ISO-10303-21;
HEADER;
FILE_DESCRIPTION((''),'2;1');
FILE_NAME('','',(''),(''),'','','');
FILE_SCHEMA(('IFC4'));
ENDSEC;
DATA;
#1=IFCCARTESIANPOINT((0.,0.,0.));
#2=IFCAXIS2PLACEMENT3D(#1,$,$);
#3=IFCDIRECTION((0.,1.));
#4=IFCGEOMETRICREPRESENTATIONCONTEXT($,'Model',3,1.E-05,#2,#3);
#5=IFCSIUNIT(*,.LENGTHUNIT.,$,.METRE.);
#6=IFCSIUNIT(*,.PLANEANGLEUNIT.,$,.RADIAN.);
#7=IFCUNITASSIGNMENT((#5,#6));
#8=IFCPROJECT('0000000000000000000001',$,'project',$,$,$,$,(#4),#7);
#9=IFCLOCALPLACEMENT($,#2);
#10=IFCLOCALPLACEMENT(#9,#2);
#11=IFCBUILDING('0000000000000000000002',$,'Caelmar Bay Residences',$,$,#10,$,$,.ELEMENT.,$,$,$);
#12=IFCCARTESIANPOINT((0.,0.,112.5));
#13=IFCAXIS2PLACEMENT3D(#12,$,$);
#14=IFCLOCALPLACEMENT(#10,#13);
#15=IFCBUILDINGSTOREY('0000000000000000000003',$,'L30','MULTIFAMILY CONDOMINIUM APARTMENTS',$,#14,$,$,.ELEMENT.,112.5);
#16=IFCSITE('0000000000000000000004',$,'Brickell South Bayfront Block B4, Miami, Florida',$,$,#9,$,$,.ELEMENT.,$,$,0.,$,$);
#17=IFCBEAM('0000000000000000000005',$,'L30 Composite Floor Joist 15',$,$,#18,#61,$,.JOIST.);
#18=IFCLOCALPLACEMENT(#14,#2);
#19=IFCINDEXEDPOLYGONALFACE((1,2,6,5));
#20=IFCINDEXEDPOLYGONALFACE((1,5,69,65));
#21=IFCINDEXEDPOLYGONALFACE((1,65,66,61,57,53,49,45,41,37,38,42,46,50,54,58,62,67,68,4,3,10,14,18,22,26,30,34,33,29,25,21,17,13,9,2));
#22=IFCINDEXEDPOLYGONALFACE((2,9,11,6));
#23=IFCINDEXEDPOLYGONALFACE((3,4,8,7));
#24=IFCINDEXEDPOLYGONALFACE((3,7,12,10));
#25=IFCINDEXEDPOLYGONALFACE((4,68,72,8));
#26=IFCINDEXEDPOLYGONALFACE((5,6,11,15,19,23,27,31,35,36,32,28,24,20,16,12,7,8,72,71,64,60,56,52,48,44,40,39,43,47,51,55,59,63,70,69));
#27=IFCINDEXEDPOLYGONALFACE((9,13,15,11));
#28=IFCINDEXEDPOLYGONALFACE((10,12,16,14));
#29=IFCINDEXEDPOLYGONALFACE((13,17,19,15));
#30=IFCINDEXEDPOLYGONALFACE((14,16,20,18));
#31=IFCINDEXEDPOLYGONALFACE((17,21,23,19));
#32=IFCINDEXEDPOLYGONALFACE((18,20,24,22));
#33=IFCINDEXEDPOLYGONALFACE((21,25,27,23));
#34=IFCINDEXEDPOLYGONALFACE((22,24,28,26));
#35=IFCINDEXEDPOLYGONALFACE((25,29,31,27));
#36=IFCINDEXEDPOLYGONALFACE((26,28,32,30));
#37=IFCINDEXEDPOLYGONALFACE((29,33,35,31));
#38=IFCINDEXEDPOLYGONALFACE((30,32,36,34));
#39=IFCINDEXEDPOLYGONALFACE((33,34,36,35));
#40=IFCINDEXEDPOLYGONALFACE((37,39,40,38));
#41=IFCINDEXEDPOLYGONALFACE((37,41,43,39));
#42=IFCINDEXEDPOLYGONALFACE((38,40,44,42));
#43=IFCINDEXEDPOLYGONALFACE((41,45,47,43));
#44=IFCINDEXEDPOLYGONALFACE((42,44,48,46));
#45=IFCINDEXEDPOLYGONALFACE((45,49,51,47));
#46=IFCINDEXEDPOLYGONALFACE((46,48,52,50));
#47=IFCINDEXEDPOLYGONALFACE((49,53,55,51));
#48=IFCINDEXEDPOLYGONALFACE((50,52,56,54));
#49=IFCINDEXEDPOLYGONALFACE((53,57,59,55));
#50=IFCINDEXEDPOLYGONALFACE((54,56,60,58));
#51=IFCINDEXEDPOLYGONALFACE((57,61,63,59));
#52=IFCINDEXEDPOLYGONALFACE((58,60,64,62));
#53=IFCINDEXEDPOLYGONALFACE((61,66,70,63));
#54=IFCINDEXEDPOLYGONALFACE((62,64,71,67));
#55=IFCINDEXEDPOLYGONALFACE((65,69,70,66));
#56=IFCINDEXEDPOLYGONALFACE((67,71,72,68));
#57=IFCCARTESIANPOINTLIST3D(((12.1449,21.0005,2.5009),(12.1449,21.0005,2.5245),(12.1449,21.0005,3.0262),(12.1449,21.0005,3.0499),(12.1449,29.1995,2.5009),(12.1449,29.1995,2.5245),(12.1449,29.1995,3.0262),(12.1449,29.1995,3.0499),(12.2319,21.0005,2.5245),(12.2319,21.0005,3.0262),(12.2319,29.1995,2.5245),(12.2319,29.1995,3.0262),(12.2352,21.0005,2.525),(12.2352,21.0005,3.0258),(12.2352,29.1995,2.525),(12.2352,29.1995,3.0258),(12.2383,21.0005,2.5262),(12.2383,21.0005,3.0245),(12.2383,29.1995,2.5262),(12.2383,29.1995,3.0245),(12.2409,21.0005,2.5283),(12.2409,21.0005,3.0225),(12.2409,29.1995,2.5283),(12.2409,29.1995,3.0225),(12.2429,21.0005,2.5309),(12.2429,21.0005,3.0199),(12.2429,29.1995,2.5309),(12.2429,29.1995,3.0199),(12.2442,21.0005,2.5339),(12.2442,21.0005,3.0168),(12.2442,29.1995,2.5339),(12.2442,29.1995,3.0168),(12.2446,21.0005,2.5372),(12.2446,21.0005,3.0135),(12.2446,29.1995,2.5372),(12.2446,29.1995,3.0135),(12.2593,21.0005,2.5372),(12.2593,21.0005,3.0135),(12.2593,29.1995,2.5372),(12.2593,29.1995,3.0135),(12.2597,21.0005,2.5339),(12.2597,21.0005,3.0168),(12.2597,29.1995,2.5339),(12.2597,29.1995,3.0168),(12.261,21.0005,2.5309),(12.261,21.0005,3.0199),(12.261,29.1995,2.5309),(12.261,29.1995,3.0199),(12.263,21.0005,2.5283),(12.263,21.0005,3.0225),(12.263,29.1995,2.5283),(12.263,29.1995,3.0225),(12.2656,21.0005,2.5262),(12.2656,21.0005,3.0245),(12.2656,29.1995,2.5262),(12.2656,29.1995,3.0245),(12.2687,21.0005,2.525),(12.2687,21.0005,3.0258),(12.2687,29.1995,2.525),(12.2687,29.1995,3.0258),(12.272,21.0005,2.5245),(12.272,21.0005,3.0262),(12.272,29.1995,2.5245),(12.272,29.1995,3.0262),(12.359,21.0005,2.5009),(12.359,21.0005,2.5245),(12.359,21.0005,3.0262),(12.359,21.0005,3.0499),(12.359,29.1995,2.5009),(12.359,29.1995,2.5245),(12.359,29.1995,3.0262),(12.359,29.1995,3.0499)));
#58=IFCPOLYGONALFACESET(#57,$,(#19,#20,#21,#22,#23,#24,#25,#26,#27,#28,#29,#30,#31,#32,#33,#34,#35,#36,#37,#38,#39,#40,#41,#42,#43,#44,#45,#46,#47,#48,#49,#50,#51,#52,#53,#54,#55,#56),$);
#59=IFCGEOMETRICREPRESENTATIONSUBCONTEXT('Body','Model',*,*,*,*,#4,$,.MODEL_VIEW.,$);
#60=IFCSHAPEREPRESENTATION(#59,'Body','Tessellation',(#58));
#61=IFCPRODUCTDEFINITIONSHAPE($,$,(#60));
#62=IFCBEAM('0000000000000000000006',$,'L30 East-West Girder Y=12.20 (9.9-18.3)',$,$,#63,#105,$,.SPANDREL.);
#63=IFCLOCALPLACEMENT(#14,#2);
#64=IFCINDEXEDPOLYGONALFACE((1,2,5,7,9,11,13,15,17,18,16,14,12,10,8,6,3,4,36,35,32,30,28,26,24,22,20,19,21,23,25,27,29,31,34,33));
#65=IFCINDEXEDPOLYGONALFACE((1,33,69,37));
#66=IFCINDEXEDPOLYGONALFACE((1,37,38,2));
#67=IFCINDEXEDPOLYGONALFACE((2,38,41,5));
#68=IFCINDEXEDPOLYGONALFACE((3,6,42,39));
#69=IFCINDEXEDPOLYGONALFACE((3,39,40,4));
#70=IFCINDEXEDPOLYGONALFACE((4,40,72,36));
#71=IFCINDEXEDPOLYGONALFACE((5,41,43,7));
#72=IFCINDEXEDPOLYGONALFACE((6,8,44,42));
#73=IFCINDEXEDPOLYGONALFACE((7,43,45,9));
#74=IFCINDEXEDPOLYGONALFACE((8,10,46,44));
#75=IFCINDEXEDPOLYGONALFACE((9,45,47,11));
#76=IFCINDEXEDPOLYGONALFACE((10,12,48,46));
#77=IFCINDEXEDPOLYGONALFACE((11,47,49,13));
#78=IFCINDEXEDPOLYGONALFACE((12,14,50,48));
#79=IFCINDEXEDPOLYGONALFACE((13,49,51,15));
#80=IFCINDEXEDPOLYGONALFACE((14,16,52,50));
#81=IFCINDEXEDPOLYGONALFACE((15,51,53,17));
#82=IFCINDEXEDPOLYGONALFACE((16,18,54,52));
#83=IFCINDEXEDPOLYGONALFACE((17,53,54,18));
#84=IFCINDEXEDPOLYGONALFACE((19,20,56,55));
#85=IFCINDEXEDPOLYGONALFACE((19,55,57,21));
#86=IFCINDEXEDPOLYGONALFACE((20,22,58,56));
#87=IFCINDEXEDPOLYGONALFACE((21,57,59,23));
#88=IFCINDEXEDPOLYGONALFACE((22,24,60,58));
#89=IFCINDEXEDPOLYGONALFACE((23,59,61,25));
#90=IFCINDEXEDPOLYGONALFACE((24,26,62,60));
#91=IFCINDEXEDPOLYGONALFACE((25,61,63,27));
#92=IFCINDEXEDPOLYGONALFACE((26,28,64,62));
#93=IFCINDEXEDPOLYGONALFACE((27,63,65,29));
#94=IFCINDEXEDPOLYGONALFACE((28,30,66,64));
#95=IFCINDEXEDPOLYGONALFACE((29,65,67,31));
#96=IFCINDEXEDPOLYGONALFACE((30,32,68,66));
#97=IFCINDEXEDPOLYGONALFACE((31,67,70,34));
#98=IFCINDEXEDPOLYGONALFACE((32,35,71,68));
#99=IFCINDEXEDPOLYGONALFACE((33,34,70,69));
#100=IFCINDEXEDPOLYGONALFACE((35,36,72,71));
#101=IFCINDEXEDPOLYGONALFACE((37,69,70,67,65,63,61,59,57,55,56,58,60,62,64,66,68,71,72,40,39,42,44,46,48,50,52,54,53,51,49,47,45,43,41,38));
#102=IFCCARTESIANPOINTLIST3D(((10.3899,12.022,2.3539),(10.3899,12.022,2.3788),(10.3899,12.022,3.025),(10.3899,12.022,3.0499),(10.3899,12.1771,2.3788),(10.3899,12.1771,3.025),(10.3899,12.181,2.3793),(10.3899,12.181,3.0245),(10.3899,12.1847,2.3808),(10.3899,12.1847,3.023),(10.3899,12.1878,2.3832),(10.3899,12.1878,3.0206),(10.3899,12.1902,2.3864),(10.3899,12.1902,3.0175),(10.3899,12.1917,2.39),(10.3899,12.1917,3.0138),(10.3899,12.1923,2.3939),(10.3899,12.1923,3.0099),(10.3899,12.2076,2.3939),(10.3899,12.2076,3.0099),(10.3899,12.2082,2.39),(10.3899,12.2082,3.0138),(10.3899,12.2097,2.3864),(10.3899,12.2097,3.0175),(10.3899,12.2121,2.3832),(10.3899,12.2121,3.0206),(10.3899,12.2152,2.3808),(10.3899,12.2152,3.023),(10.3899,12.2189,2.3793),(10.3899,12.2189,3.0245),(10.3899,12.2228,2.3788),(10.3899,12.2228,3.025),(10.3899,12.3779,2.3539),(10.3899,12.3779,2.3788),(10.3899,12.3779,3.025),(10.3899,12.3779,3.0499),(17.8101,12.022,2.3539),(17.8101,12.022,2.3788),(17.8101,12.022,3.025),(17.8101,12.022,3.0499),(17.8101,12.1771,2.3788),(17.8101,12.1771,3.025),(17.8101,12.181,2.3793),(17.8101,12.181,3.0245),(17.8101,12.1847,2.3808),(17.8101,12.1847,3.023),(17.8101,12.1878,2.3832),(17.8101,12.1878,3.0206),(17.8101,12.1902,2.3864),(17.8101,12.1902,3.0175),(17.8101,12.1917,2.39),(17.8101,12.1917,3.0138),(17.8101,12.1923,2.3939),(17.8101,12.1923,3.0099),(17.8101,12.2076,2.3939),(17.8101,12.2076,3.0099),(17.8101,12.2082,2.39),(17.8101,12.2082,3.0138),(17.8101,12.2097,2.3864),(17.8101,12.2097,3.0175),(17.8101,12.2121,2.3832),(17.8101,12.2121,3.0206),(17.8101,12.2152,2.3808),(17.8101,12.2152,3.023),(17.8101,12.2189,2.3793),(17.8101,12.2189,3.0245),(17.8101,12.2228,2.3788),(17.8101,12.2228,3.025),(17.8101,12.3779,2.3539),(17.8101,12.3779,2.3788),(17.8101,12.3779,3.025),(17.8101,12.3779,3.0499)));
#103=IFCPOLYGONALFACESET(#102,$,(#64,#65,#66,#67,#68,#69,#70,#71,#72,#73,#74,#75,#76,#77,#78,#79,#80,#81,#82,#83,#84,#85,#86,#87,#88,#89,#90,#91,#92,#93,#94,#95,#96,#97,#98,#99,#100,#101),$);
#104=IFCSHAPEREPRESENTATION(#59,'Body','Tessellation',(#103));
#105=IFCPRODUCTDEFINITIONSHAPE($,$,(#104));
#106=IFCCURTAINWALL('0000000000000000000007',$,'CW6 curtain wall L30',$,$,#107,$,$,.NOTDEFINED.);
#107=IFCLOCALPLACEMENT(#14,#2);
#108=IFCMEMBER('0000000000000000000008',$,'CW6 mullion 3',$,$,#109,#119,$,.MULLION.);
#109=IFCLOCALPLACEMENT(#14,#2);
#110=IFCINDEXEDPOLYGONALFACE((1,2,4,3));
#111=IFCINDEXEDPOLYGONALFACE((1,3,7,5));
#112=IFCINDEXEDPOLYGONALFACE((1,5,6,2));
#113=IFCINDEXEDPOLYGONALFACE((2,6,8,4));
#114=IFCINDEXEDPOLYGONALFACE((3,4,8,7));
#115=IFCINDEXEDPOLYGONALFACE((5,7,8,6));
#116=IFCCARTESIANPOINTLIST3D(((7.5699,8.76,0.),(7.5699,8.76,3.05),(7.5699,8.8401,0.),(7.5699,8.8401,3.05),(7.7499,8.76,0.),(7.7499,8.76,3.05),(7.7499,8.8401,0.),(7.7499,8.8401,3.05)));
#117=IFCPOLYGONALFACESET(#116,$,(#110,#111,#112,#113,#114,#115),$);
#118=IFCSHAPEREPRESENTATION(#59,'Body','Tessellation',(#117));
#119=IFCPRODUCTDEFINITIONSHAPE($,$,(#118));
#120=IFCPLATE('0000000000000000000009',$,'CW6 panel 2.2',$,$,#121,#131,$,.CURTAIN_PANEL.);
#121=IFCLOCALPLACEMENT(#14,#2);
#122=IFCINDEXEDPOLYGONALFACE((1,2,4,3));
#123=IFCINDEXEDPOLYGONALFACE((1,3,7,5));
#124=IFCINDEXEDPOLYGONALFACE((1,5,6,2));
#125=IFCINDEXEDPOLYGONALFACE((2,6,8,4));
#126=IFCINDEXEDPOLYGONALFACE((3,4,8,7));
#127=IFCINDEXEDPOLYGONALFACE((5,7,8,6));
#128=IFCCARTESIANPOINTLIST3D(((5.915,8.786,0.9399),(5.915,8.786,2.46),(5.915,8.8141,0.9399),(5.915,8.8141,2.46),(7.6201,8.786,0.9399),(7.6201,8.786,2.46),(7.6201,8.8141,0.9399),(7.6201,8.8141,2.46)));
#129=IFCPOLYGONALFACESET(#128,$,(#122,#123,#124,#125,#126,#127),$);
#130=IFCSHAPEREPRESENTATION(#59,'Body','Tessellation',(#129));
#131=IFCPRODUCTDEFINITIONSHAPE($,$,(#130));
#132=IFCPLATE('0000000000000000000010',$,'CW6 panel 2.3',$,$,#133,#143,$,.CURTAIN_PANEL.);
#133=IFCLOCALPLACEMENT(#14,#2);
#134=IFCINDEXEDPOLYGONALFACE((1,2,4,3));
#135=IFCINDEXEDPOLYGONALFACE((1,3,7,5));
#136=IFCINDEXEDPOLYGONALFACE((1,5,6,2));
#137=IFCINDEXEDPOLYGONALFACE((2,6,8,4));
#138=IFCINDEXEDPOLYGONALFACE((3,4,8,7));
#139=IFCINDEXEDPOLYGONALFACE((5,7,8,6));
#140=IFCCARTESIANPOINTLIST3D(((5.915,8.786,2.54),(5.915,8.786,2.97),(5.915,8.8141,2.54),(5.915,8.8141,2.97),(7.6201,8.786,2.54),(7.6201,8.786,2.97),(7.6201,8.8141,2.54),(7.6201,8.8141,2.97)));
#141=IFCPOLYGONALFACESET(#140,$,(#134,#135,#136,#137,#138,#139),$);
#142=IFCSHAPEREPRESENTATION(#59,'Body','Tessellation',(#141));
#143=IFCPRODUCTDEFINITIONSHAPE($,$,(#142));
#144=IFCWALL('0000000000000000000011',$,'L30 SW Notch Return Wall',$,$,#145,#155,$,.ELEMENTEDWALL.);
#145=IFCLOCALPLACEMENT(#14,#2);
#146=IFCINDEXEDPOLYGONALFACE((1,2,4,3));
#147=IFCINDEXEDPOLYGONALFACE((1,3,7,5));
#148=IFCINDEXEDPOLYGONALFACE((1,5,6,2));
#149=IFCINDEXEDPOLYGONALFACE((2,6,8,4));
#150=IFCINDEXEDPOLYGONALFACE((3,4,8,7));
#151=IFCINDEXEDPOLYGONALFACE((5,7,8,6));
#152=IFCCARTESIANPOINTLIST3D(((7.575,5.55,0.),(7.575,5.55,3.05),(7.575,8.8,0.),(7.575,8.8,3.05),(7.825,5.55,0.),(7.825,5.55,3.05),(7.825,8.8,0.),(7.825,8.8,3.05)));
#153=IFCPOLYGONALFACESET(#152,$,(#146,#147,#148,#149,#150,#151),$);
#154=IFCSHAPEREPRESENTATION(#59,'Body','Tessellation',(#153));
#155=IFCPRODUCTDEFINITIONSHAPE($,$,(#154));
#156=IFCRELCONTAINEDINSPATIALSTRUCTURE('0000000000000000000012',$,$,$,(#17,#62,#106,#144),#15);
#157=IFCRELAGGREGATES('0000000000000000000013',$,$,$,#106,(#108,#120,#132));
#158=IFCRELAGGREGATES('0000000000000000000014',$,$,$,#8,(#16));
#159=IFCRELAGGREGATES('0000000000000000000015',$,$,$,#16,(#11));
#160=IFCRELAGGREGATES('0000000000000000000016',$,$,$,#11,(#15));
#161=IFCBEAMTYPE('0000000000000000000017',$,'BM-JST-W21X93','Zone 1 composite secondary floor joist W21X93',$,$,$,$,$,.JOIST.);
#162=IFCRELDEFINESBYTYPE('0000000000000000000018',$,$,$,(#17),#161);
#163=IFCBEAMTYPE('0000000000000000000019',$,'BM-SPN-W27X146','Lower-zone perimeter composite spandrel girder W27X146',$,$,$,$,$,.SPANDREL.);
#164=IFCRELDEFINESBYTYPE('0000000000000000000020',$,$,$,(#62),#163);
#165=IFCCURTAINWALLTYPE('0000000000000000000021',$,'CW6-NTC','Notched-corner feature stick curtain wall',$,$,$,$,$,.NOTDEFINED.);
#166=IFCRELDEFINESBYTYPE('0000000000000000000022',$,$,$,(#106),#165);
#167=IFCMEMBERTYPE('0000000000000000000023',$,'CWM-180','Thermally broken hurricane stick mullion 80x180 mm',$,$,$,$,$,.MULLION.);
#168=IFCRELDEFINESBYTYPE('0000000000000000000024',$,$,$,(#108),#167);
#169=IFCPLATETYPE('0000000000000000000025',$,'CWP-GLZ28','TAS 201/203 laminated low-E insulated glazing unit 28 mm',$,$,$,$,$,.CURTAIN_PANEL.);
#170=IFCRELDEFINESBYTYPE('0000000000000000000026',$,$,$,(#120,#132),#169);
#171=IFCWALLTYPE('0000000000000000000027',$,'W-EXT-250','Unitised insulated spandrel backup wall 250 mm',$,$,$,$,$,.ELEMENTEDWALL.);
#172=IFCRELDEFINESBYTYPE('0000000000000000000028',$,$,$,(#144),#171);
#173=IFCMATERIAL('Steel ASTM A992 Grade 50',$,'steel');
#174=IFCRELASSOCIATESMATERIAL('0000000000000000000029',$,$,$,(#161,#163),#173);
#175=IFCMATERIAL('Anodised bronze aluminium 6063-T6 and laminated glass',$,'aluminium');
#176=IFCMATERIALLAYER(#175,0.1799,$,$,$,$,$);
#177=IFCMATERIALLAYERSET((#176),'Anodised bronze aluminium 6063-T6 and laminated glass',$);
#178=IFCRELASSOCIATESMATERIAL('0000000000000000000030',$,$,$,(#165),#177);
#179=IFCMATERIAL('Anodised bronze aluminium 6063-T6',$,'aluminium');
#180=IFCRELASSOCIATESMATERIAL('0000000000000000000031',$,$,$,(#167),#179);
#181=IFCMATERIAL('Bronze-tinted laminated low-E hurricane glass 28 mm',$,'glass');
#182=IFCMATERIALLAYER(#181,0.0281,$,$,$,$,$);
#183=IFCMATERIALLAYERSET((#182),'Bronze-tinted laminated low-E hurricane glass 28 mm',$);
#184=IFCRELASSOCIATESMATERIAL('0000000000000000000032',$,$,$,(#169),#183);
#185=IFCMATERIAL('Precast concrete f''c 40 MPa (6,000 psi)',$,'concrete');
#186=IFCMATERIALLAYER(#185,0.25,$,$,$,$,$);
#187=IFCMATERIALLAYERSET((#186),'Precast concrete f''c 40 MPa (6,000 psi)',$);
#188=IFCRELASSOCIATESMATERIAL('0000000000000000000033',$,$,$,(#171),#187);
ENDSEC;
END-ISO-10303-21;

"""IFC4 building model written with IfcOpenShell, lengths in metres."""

from ifc_helpers import new_model, si_unit, direction, frame, frame_2d, origin, origin_2d, place, context, subcontext, project, spatial, rectangle, i_section, extrude, material, layer, layer_set, material_profile, profile_set, type_object, element, aggregate, save


model = new_model("IFC4")

# Units and contexts
model_context = context("Model", 3, precision=1e-05, world=origin(), true_north=direction((0.0, 1.0)))
body_context = subcontext(model_context, "Body", "Model", "MODEL_VIEW")
ifc_project = project(units=[si_unit("LENGTHUNIT", "METRE"), si_unit("PLANEANGLEUNIT", "RADIAN")], contexts=[model_context])

# Site, building, storey
site_placement = place(None, origin())
site = spatial("IfcSite", under=ifc_project, at=site_placement, Name="Brickell South Bayfront Block B4, Miami, Florida", CompositionType="ELEMENT", RefElevation=0.0)
building_placement = place(site_placement, origin())
building = spatial("IfcBuilding", under=site, at=building_placement, Name="Caelmar Bay Residences", CompositionType="ELEMENT")
storey_placement = place(building_placement, frame((0.0, 0.0, 112.5)))
storey = spatial("IfcBuildingStorey", under=building, at=storey_placement, Name="L30", Description="MULTIFAMILY CONDOMINIUM APARTMENTS", CompositionType="ELEMENT", Elevation=112.5)

# Beams
ifc_material_1 = material(Name="Steel ASTM A992 Grade 50", Category="steel")
ifc_material_profile_1 = material_profile(ifc_material_1, i_section(OverallWidth=0.2141, OverallDepth=0.5491, WebThickness=0.0146, FlangeThickness=0.0237, FilletRadius=0.0127, at=origin_2d()), Name="W21X93")
ifc_profile_set_1 = profile_set([ifc_material_profile_1], Name="Steel ASTM A992 Grade 50")
beam_type_1 = type_object("IfcBeamType", Name="BM-JST-W21X93", Description="Zone 1 composite secondary floor joist W21X93", PredefinedType="JOIST", material=ifc_profile_set_1)
beam_1_placement = place(storey_placement, frame((12.252, 21.0005, 2.7754), z_axis=(0.0, 1.0, 0.0), x_axis=(-1.0, 0.0, 0.0)))
element("IfcBeam", 1, at=beam_1_placement, inside=storey, type_object=beam_type_1, Name="L30 Composite Floor Joist 15", PredefinedType="JOIST", context=body_context, shape_type="SweptSolid", body=[
    extrude(i_section(OverallWidth=0.2141, OverallDepth=0.5491, WebThickness=0.0146, FlangeThickness=0.0237, FilletRadius=0.0127, at=origin_2d()), origin(), (0.0, 0.0, 1.0), 8.199),
])
ifc_material_profile_2 = material_profile(ifc_material_1, i_section(OverallWidth=0.356, OverallDepth=0.696, WebThickness=0.0154, FlangeThickness=0.0249, FilletRadius=0.0151, at=origin_2d()), Name="W27X146")
ifc_profile_set_2 = profile_set([ifc_material_profile_2], Name="Steel ASTM A992 Grade 50")
beam_type_2 = type_object("IfcBeamType", Name="BM-SPN-W27X146", Description="Lower-zone perimeter composite spandrel girder W27X146", PredefinedType="SPANDREL", material=ifc_profile_set_2)
beam_2_placement = place(storey_placement, frame((10.3899, 12.2, 2.7019), z_axis=(1.0, 0.0, 0.0), x_axis=(0.0, 1.0, 0.0)))
element("IfcBeam", 2, at=beam_2_placement, inside=storey, type_object=beam_type_2, Name="L30 East-West Girder Y=12.20 (9.9-18.3)", PredefinedType="SPANDREL", context=body_context, shape_type="SweptSolid", body=[
    extrude(i_section(OverallWidth=0.356, OverallDepth=0.696, WebThickness=0.0154, FlangeThickness=0.0249, FilletRadius=0.0151, at=origin_2d()), origin(), (0.0, 0.0, 1.0), 7.4202),
])

# Curtain wall, member, plates
ifc_material_2 = material(Name="Anodised bronze aluminium 6063-T6 and laminated glass", Category="aluminium")
ifc_layer_1 = layer(ifc_material_2, 0.1799)
ifc_layer_set_1 = layer_set([ifc_layer_1], Name="Anodised bronze aluminium 6063-T6 and laminated glass")
curtain_wall_type = type_object("IfcCurtainWallType", Name="CW6-NTC", Description="Notched-corner feature stick curtain wall", PredefinedType="NOTDEFINED", material=ifc_layer_set_1)
curtain_wall_placement = place(storey_placement, origin())
curtain_wall = element("IfcCurtainWall", 3, at=curtain_wall_placement, inside=storey, type_object=curtain_wall_type, Name="CW6 curtain wall L30", PredefinedType="NOTDEFINED")
ifc_material_3 = material(Name="Anodised bronze aluminium 6063-T6", Category="aluminium")
ifc_material_profile_3 = material_profile(ifc_material_3, rectangle(XDim=0.0801, YDim=0.1799, at=origin_2d()), Name="CWM-80X180")
ifc_profile_set_3 = profile_set([ifc_material_profile_3], Name="Anodised bronze aluminium 6063-T6")
member_type = type_object("IfcMemberType", Name="CWM-180", Description="Thermally broken hurricane stick mullion 80x180 mm", PredefinedType="MULLION", material=ifc_profile_set_3)
member_placement = place(storey_placement, frame((7.6599, 8.8, 0.0), z_axis=(0.0, 0.0, 1.0), x_axis=(0.0, 1.0, 0.0)))
member = element("IfcMember", 4, at=member_placement, type_object=member_type, Name="CW6 mullion 3", PredefinedType="MULLION", context=body_context, shape_type="SweptSolid", body=[
    extrude(rectangle(XDim=0.0801, YDim=0.1799, at=origin_2d()), origin(), (0.0, 0.0, 1.0), 3.05),
])
ifc_material_4 = material(Name="Bronze-tinted laminated low-E hurricane glass 28 mm", Category="glass")
ifc_layer_2 = layer(ifc_material_4, 0.0281)
ifc_layer_set_2 = layer_set([ifc_layer_2], Name="Bronze-tinted laminated low-E hurricane glass 28 mm")
plate_type = type_object("IfcPlateType", Name="CWP-GLZ28", Description="TAS 201/203 laminated low-E insulated glazing unit 28 mm", PredefinedType="CURTAIN_PANEL", material=ifc_layer_set_2)
plate_1_placement = place(storey_placement, frame((6.7676, 8.8, 0.9399), z_axis=(0.0, 0.0, 1.0), x_axis=(1.0, 0.0, 0.0)))
plate_1 = element("IfcPlate", 5, at=plate_1_placement, type_object=plate_type, Name="CW6 panel 2.2", PredefinedType="CURTAIN_PANEL", context=body_context, shape_type="SweptSolid", body=[
    extrude(rectangle(XDim=1.7051, YDim=0.0281, at=origin_2d()), origin(), (0.0, 0.0, 1.0), 1.52),
])
plate_2_placement = place(storey_placement, frame((6.7676, 8.8, 2.54), z_axis=(0.0, 0.0, 1.0), x_axis=(1.0, 0.0, 0.0)))
plate_2 = element("IfcPlate", 6, at=plate_2_placement, type_object=plate_type, Name="CW6 panel 2.3", PredefinedType="CURTAIN_PANEL", context=body_context, shape_type="SweptSolid", body=[
    extrude(rectangle(XDim=1.7051, YDim=0.0281, at=origin_2d()), origin(), (0.0, 0.0, 1.0), 0.4299),
])
aggregate(curtain_wall, [member, plate_1, plate_2])

# Wall
ifc_material_5 = material(Name="Precast concrete f'c 40 MPa (6,000 psi)", Category="concrete")
ifc_layer_3 = layer(ifc_material_5, 0.25)
ifc_layer_set_3 = layer_set([ifc_layer_3], Name="Precast concrete f'c 40 MPa (6,000 psi)")
wall_type_1 = type_object("IfcWallType", Name="W-EXT-250", Description="Unitised insulated spandrel backup wall 250 mm", PredefinedType="ELEMENTEDWALL", material=ifc_layer_set_3)
wall_1_placement = place(storey_placement, frame((7.7, 8.8, 0.0), z_axis=(0.0, 0.0, 1.0), x_axis=(0.0, -1.0, 0.0)))
element("IfcWall", 7, at=wall_1_placement, inside=storey, type_object=wall_type_1, Name="L30 SW Notch Return Wall", PredefinedType="ELEMENTEDWALL", context=body_context, shape_type="SweptSolid", body=[
    extrude(rectangle(XDim=3.25, YDim=0.25, at=frame_2d((1.625, 0.0))), origin(), (0.0, 0.0, 1.0), 3.05),
])

save(model, "model.ifc")
